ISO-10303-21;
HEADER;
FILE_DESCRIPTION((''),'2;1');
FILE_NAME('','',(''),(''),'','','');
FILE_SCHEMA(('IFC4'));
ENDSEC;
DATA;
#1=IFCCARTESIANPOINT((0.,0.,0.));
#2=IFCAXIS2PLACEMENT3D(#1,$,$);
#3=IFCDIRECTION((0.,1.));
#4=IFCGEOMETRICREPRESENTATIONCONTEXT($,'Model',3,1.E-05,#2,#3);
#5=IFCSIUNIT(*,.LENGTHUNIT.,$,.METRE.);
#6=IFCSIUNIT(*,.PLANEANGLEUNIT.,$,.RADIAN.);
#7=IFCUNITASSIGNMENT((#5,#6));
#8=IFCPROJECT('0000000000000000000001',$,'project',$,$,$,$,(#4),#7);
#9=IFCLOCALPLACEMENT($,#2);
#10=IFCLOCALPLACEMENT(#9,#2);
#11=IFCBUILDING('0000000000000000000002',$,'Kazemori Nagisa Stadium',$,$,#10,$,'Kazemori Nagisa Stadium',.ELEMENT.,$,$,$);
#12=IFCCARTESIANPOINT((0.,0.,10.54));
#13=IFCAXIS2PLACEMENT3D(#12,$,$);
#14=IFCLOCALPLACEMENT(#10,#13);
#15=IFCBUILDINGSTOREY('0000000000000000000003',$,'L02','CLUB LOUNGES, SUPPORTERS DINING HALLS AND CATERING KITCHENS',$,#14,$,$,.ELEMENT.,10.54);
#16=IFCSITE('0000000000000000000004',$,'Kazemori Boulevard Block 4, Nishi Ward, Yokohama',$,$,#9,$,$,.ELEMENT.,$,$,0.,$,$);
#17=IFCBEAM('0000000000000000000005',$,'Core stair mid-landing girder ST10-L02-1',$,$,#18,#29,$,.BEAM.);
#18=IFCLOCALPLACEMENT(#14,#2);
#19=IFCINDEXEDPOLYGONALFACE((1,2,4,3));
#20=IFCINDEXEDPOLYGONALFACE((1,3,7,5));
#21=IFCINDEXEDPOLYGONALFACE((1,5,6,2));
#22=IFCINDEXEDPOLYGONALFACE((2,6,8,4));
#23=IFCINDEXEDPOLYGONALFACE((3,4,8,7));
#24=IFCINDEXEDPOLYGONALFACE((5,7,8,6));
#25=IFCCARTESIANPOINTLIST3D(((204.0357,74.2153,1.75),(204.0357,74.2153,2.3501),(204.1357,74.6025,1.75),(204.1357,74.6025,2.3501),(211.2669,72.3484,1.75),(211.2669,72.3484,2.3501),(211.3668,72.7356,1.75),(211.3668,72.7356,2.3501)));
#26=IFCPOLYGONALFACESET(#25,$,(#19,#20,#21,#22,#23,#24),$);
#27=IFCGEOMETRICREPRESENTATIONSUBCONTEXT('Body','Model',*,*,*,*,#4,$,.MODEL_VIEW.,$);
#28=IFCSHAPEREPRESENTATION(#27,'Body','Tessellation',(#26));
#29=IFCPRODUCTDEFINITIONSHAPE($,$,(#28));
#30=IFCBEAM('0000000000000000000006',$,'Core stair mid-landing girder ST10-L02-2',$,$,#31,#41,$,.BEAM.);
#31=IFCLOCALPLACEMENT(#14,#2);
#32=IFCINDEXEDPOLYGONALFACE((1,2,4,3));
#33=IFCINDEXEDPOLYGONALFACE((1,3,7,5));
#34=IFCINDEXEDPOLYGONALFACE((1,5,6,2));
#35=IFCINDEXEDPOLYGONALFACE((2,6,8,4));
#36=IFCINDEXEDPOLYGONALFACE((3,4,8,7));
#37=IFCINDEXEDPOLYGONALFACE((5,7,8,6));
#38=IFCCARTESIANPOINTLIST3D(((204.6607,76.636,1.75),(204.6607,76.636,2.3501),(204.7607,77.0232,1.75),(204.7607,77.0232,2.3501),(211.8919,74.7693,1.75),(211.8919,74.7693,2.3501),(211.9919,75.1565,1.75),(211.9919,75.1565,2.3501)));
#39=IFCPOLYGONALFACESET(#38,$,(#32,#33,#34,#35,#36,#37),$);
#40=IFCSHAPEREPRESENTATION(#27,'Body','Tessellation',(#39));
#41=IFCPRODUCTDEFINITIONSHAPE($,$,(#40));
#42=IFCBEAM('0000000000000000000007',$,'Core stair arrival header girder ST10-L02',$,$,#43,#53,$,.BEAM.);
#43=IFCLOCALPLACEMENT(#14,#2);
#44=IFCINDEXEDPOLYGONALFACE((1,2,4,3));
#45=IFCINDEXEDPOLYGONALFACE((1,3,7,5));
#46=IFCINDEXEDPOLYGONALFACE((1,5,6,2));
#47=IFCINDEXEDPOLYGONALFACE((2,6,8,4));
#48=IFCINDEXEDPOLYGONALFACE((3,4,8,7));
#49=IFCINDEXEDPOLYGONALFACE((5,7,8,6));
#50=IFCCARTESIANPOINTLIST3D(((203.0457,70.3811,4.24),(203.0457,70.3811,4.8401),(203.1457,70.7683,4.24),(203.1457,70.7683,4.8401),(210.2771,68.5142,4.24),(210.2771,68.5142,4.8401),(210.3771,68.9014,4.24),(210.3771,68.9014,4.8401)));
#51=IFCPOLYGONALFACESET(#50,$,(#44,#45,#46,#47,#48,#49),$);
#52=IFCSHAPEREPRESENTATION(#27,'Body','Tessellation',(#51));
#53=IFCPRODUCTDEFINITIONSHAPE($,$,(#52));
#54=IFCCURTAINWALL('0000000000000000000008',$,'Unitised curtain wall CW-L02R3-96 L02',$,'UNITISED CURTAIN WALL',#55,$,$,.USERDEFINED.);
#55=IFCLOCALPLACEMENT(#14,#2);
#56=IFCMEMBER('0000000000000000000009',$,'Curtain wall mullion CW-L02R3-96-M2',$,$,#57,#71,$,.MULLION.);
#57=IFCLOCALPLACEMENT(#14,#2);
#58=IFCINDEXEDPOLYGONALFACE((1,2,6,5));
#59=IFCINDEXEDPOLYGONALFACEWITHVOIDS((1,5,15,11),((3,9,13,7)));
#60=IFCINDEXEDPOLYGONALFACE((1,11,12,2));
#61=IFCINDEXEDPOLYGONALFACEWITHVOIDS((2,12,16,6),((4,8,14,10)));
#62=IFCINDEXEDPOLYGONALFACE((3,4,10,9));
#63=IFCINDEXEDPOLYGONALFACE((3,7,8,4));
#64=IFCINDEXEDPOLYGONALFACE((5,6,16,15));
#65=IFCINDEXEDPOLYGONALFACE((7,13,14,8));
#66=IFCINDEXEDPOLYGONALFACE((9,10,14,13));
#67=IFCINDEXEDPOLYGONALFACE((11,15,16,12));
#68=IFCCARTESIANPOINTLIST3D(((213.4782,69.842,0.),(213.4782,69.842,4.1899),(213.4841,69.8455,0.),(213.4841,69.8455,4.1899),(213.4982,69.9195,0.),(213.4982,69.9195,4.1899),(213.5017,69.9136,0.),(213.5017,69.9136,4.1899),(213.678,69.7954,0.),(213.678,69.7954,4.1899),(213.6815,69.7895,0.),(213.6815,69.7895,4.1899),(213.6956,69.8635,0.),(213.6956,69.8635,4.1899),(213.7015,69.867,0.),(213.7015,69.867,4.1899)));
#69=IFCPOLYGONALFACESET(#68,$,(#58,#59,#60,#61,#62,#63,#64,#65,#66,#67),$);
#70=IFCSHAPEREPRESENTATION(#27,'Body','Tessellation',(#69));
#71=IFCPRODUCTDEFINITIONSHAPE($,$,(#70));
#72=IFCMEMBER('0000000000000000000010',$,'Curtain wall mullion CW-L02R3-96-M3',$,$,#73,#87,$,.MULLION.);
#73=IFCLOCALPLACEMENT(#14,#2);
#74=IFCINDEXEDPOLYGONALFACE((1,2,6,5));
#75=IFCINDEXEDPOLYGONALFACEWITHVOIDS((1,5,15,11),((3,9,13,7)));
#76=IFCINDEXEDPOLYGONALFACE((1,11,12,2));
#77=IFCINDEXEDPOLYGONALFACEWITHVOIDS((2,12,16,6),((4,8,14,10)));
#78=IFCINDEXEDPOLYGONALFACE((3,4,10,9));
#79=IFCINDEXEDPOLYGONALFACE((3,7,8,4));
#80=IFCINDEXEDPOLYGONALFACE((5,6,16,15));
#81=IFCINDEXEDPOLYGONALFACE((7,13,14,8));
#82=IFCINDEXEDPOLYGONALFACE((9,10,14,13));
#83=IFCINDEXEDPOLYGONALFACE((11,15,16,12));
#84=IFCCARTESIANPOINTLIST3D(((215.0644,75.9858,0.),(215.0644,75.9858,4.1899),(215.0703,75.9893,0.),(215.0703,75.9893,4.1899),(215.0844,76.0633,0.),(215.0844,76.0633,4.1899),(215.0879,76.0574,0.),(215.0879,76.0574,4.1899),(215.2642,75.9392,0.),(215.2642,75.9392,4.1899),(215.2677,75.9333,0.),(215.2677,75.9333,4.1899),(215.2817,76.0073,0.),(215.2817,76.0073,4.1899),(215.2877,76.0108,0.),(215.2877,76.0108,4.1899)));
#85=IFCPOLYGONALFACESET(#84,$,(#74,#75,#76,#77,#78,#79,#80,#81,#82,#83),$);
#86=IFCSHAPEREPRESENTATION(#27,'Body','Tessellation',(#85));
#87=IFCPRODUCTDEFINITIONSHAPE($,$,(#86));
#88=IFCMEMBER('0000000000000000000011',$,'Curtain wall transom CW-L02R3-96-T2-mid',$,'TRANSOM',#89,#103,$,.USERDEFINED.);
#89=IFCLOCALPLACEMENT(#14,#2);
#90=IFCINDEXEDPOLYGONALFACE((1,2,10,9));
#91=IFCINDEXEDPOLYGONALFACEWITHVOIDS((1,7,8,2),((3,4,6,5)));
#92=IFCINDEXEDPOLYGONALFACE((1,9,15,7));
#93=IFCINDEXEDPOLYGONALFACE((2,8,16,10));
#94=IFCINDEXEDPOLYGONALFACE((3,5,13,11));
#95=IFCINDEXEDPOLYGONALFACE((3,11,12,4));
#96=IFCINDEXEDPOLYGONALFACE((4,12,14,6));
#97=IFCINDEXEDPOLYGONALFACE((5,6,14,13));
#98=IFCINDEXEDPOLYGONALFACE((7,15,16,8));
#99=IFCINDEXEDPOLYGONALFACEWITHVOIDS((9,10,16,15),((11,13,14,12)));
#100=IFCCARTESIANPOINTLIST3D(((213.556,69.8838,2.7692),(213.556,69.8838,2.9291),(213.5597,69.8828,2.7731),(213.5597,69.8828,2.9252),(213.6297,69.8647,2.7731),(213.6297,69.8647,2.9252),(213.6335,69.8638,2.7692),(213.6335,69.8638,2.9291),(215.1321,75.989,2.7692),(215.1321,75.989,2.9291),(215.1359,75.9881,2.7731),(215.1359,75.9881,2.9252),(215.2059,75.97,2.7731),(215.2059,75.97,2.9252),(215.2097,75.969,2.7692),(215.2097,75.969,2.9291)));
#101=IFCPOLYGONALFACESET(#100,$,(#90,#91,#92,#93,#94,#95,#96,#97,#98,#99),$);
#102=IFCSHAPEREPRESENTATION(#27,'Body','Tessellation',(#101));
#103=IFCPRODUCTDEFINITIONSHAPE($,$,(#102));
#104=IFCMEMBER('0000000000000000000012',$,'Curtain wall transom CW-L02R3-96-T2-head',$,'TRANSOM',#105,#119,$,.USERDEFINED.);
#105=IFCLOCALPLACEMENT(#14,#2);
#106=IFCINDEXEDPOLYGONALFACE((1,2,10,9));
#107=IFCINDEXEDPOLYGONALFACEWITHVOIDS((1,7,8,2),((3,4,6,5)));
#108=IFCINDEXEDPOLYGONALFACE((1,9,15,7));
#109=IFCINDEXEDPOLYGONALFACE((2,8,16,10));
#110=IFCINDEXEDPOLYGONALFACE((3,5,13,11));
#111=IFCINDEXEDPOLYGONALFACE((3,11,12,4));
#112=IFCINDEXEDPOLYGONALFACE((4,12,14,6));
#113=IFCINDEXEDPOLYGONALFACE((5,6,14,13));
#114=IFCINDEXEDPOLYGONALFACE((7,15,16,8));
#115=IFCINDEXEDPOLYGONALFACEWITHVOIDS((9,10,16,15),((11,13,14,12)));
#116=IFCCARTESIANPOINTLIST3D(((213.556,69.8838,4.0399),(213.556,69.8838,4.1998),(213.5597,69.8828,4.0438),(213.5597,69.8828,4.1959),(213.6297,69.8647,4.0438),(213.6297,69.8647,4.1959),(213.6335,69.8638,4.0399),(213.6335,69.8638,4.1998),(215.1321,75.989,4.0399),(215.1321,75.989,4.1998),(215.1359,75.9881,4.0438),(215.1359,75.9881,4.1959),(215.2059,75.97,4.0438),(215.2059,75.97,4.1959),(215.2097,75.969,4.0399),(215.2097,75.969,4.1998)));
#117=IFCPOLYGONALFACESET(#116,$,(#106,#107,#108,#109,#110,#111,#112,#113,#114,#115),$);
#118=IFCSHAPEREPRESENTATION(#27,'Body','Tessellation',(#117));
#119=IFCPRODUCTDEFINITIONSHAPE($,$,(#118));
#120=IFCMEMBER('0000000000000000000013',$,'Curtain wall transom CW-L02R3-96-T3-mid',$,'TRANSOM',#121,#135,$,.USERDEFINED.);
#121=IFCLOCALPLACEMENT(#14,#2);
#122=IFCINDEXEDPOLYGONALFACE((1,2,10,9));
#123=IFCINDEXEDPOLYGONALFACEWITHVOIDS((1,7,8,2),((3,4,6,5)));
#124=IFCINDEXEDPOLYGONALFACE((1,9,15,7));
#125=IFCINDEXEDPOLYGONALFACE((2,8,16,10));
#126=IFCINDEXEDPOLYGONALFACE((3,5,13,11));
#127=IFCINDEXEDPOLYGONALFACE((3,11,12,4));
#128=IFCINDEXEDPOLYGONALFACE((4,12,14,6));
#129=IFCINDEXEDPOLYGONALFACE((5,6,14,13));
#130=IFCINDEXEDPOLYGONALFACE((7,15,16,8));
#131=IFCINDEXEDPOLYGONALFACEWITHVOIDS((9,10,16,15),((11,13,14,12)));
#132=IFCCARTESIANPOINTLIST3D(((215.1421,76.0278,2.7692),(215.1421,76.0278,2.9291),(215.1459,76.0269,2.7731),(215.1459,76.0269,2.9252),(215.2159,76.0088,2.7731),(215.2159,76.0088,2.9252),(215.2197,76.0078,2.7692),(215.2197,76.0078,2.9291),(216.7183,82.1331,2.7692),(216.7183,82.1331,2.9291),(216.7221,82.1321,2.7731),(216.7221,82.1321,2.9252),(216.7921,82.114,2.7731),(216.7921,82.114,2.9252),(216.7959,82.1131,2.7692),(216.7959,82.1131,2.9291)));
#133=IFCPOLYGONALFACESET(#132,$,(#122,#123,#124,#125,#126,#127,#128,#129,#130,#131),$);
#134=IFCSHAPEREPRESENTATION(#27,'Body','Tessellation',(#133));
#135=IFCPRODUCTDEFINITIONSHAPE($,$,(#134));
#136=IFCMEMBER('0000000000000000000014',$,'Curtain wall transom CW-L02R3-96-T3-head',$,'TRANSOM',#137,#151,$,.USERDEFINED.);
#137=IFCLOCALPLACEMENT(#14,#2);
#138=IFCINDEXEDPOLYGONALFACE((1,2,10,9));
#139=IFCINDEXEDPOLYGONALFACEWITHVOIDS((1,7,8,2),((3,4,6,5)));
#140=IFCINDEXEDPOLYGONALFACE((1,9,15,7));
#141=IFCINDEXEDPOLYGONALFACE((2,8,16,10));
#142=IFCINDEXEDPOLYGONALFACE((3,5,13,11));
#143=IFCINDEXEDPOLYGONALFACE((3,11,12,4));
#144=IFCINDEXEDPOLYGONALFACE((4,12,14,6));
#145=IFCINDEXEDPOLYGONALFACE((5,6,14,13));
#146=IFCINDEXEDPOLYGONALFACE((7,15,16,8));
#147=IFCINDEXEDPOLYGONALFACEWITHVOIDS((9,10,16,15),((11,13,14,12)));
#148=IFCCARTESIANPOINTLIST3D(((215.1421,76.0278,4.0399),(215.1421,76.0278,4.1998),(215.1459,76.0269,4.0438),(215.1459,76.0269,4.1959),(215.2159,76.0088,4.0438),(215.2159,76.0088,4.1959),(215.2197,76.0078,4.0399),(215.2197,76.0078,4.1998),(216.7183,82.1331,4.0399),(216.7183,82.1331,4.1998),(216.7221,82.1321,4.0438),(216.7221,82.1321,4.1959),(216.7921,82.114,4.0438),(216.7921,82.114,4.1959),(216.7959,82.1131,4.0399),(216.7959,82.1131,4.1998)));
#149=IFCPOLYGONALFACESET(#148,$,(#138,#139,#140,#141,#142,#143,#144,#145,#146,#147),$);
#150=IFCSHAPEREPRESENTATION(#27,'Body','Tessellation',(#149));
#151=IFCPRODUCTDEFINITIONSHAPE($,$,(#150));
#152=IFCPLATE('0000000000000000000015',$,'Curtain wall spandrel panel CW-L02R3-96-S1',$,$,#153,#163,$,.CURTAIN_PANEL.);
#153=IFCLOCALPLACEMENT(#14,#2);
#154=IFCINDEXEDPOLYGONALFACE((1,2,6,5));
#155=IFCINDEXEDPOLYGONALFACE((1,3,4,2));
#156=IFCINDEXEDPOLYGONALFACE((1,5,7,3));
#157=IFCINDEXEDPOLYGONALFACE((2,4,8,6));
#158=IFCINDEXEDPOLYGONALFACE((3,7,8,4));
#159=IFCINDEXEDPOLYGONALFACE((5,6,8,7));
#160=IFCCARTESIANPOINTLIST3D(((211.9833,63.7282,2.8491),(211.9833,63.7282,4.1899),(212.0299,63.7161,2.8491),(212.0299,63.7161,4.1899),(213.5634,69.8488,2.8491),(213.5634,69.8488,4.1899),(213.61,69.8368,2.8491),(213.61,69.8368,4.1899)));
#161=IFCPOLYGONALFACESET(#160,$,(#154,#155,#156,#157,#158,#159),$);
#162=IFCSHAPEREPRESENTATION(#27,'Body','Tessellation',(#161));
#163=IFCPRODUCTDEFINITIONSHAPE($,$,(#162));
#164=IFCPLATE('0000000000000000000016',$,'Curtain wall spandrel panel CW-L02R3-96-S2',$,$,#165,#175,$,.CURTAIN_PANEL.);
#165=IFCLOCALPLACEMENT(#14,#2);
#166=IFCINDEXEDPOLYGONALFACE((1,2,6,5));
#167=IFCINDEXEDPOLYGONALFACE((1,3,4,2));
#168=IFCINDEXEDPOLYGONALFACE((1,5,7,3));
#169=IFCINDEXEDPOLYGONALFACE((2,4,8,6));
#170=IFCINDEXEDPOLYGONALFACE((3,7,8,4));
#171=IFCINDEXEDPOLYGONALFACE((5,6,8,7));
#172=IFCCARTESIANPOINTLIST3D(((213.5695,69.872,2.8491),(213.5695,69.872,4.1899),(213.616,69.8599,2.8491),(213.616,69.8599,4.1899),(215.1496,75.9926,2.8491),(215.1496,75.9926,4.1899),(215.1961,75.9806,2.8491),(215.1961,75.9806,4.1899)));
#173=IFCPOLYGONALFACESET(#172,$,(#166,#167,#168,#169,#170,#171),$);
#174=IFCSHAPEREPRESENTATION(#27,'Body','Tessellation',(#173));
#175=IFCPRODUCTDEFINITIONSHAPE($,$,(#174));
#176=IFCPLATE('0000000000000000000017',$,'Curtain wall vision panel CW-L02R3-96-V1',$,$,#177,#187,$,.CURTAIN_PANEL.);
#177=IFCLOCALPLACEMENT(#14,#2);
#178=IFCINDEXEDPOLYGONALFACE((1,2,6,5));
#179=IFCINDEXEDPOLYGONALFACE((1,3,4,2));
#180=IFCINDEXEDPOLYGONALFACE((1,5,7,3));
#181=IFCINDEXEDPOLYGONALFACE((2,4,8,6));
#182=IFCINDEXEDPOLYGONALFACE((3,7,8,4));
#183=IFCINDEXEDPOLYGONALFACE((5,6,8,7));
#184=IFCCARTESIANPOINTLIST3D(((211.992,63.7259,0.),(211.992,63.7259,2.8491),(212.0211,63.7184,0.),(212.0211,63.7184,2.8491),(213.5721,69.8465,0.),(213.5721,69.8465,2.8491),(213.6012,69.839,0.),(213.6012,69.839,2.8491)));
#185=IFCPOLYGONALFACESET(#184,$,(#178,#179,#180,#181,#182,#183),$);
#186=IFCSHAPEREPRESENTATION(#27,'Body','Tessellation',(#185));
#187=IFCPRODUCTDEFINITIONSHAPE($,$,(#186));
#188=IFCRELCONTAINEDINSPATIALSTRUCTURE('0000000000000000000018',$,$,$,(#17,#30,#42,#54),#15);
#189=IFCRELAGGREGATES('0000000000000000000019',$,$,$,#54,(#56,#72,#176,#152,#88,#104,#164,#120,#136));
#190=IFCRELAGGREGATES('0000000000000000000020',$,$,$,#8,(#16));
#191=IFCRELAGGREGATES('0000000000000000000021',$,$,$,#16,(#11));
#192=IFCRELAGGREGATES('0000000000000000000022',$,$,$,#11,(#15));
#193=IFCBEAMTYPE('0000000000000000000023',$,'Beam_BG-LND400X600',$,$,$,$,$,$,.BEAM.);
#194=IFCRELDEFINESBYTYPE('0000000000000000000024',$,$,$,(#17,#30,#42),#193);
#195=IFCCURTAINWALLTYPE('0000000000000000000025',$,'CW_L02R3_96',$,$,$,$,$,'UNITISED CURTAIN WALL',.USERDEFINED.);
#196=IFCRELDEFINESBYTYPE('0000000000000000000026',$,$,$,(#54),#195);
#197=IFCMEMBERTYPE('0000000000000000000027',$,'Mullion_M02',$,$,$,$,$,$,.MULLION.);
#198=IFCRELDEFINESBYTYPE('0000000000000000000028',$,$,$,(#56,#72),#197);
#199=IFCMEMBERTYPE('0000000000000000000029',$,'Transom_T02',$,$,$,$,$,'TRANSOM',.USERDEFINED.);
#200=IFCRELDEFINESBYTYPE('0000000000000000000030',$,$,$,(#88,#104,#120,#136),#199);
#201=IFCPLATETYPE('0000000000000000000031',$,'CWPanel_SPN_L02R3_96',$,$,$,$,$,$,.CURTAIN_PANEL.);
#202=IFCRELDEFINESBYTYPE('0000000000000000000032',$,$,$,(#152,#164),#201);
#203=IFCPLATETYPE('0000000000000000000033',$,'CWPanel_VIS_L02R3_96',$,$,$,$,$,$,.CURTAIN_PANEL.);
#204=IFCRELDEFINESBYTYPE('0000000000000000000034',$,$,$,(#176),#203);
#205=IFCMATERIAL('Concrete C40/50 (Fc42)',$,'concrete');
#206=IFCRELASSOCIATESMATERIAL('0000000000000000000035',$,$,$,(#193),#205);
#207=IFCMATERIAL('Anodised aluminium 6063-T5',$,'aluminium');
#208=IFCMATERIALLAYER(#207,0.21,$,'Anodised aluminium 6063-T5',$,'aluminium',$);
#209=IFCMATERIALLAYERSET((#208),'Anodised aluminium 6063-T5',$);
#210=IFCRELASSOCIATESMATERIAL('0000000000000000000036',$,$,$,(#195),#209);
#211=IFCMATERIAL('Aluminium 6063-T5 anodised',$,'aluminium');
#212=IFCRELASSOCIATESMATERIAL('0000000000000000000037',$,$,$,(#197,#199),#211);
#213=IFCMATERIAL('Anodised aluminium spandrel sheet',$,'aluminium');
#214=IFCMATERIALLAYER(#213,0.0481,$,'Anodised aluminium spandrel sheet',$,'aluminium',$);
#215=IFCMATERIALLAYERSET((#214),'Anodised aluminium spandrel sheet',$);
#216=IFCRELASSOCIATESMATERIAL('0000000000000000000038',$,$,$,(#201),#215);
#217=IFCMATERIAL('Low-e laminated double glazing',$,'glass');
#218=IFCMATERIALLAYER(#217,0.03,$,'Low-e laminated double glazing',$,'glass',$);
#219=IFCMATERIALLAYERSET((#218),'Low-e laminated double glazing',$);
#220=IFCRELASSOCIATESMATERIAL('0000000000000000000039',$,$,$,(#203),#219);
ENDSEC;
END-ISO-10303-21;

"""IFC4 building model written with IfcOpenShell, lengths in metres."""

from ifc_helpers import new_model, si_unit, direction, frame, origin, origin_2d, place, context, subcontext, project, spatial, rectangle, hollow_rectangle, extrude, material, layer, layer_set, material_profile, profile_set, type_object, element, aggregate, save


model = new_model("IFC4")

# Units and contexts
model_context = context("Model", 3, precision=1e-05, world=origin(), true_north=direction((0.0, 1.0)))
body_context = subcontext(model_context, "Body", "Model", "MODEL_VIEW")
ifc_project = project(units=[si_unit("LENGTHUNIT", "METRE"), si_unit("PLANEANGLEUNIT", "RADIAN")], contexts=[model_context])

# Site, building, storey
site_placement = place(None, origin())
site = spatial("IfcSite", under=ifc_project, at=site_placement, Name="Kazemori Boulevard Block 4, Nishi Ward, Yokohama", CompositionType="ELEMENT", RefElevation=0.0)
building_placement = place(site_placement, origin())
building = spatial("IfcBuilding", under=site, at=building_placement, Name="Kazemori Nagisa Stadium", LongName="Kazemori Nagisa Stadium", CompositionType="ELEMENT")
storey_placement = place(building_placement, frame((0.0, 0.0, 10.54)))
storey = spatial("IfcBuildingStorey", under=building, at=storey_placement, Name="L02", Description="CLUB LOUNGES, SUPPORTERS DINING HALLS AND CATERING KITCHENS", CompositionType="ELEMENT", Elevation=10.54)

# Beams
ifc_material_1 = material(Name="Concrete C40/50 (Fc42)", Category="concrete")
ifc_material_profile_1 = material_profile(ifc_material_1, rectangle(XDim=0.3999, YDim=0.6001, at=origin_2d()), Name="RC-BM-400x600")
ifc_profile_set_1 = profile_set([ifc_material_profile_1], Name="Concrete C40/50 (Fc42)")
beam_type = type_object("IfcBeamType", Name="Beam_BG-LND400X600", PredefinedType="BEAM", material=ifc_profile_set_1)
for number, where, z_axis, x_axis, name in (
    (1, (204.0857, 74.4089, 2.05), (0.968251, -0.249982, 0.0), (0.249982, 0.968251, 0.0), "Core stair mid-landing girder ST10-L02-1"),
    (2, (204.7107, 76.8296, 2.05), (0.968258, -0.249951, 0.0), (0.249951, 0.968258, 0.0), "Core stair mid-landing girder ST10-L02-2"),
):
    element("IfcBeam", number, at=place(storey_placement, frame(where, z_axis=z_axis, x_axis=x_axis)), inside=storey, type_object=beam_type, Name=name, PredefinedType="BEAM", context=body_context, shape_type="SweptSolid", body=[
        extrude(rectangle(XDim=0.3999, YDim=0.6001, at=origin_2d()), origin(), (0.0, 0.0, 1.0), 7.4683),
    ])
beam_placement = place(storey_placement, frame((203.0957, 70.5747, 4.54), z_axis=(0.968253, -0.249974, 0.0), x_axis=(0.249974, 0.968253, 0.0)))
element("IfcBeam", 3, at=beam_placement, inside=storey, type_object=beam_type, Name="Core stair arrival header girder ST10-L02", PredefinedType="BEAM", context=body_context, shape_type="SweptSolid", body=[
    extrude(rectangle(XDim=0.3999, YDim=0.6001, at=origin_2d()), origin(), (0.0, 0.0, 1.0), 7.4685),
])

# Curtain wall, members, plates
ifc_material_2 = material(Name="Anodised aluminium 6063-T5", Category="aluminium")
ifc_layer_1 = layer(ifc_material_2, 0.21, Name="Anodised aluminium 6063-T5", Category="aluminium")
ifc_layer_set_1 = layer_set([ifc_layer_1], Name="Anodised aluminium 6063-T5")
curtain_wall_type = type_object("IfcCurtainWallType", Name="CW_L02R3_96", ElementType="UNITISED CURTAIN WALL", PredefinedType="USERDEFINED", material=ifc_layer_set_1)
curtain_wall_placement = place(storey_placement, origin())
curtain_wall = element("IfcCurtainWall", 4, at=curtain_wall_placement, inside=storey, type_object=curtain_wall_type, Name="Unitised curtain wall CW-L02R3-96 L02", ObjectType="UNITISED CURTAIN WALL", PredefinedType="USERDEFINED")
ifc_material_3 = material(Name="Aluminium 6063-T5 anodised", Category="aluminium")
ifc_material_profile_2 = material_profile(ifc_material_3, hollow_rectangle(XDim=0.0801, YDim=0.21, WallThickness=0.0049, at=origin_2d()), Name="ALU-MULL-80x210x5")
ifc_profile_set_2 = profile_set([ifc_material_profile_2], Name="Aluminium 6063-T5 anodised")
member_type_1 = type_object("IfcMemberType", Name="Mullion_M02", PredefinedType="MULLION", material=ifc_profile_set_2)
member_1_placement = place(storey_placement, frame((213.5898, 69.8545, 0.0), z_axis=(0.0, 0.0, 1.0), x_axis=(0.249965, 0.968255, 0.0)))
member_1 = element("IfcMember", 5, at=member_1_placement, type_object=member_type_1, Name="Curtain wall mullion CW-L02R3-96-M2", PredefinedType="MULLION", context=body_context, shape_type="SweptSolid", body=[
    extrude(hollow_rectangle(XDim=0.0801, YDim=0.21, WallThickness=0.0049, at=origin_2d()), origin(), (0.0, 0.0, 1.0), 4.1899),
])
member_2_placement = place(storey_placement, frame((215.176, 75.9983, 0.0), z_axis=(0.0, 0.0, 1.0), x_axis=(0.249965, 0.968255, 0.0)))
member_2 = element("IfcMember", 6, at=member_2_placement, type_object=member_type_1, Name="Curtain wall mullion CW-L02R3-96-M3", PredefinedType="MULLION", context=body_context, shape_type="SweptSolid", body=[
    extrude(hollow_rectangle(XDim=0.0801, YDim=0.21, WallThickness=0.0049, at=origin_2d()), origin(), (0.0, 0.0, 1.0), 4.1899),
])
ifc_material_profile_3 = material_profile(ifc_material_3, hollow_rectangle(XDim=0.0801, YDim=0.1599, WallThickness=0.0039, at=origin_2d()), Name="ALU-TRAN-80x160x4")
ifc_profile_set_3 = profile_set([ifc_material_profile_3], Name="Aluminium 6063-T5 anodised")
member_type_2 = type_object("IfcMemberType", Name="Transom_T02", ElementType="TRANSOM", PredefinedType="USERDEFINED", material=ifc_profile_set_3)
member_3_placement = place(storey_placement, frame((213.5947, 69.8738, 2.8491), z_axis=(0.249972, 0.968253, 0.0), x_axis=(-0.968253, 0.249972, 0.0)))
member_3 = element("IfcMember", 7, at=member_3_placement, type_object=member_type_2, Name="Curtain wall transom CW-L02R3-96-T2-mid", ObjectType="TRANSOM", PredefinedType="USERDEFINED", context=body_context, shape_type="SweptSolid", body=[
    extrude(hollow_rectangle(XDim=0.0801, YDim=0.1599, WallThickness=0.0039, at=origin_2d()), origin(), (0.0, 0.0, 1.0), 6.3054),
])
member_4_placement = place(storey_placement, frame((213.5947, 69.8738, 4.1199), z_axis=(0.249972, 0.968253, 0.0), x_axis=(-0.968253, 0.249972, 0.0)))
member_4 = element("IfcMember", 8, at=member_4_placement, type_object=member_type_2, Name="Curtain wall transom CW-L02R3-96-T2-head", ObjectType="TRANSOM", PredefinedType="USERDEFINED", context=body_context, shape_type="SweptSolid", body=[
    extrude(hollow_rectangle(XDim=0.0801, YDim=0.1599, WallThickness=0.0039, at=origin_2d()), origin(), (0.0, 0.0, 1.0), 6.3054),
])
member_5_placement = place(storey_placement, frame((215.1809, 76.0178, 2.8491), z_axis=(0.249972, 0.968253, 0.0), x_axis=(-0.968253, 0.249972, 0.0)))
member_5 = element("IfcMember", 9, at=member_5_placement, type_object=member_type_2, Name="Curtain wall transom CW-L02R3-96-T3-mid", ObjectType="TRANSOM", PredefinedType="USERDEFINED", context=body_context, shape_type="SweptSolid", body=[
    extrude(hollow_rectangle(XDim=0.0801, YDim=0.1599, WallThickness=0.0039, at=origin_2d()), origin(), (0.0, 0.0, 1.0), 6.3054),
])
member_6_placement = place(storey_placement, frame((215.1809, 76.0178, 4.1199), z_axis=(0.249972, 0.968253, 0.0), x_axis=(-0.968253, 0.249972, 0.0)))
member_6 = element("IfcMember", 10, at=member_6_placement, type_object=member_type_2, Name="Curtain wall transom CW-L02R3-96-T3-head", ObjectType="TRANSOM", PredefinedType="USERDEFINED", context=body_context, shape_type="SweptSolid", body=[
    extrude(hollow_rectangle(XDim=0.0801, YDim=0.1599, WallThickness=0.0039, at=origin_2d()), origin(), (0.0, 0.0, 1.0), 6.3054),
])
ifc_material_4 = material(Name="Anodised aluminium spandrel sheet", Category="aluminium")
ifc_layer_2 = layer(ifc_material_4, 0.0481, Name="Anodised aluminium spandrel sheet", Category="aluminium")
ifc_layer_set_2 = layer_set([ifc_layer_2], Name="Anodised aluminium spandrel sheet")
plate_type_1 = type_object("IfcPlateType", Name="CWPanel_SPN_L02R3_96", PredefinedType="CURTAIN_PANEL", material=ifc_layer_set_2)
plate_1_placement = place(storey_placement, frame((212.7966, 66.7825, 2.8491), z_axis=(0.0, 0.0, 1.0), x_axis=(0.249965, 0.968255, 0.0)))
plate_1 = element("IfcPlate", 11, at=plate_1_placement, type_object=plate_type_1, Name="Curtain wall spandrel panel CW-L02R3-96-S1", PredefinedType="CURTAIN_PANEL", context=body_context, shape_type="SweptSolid", body=[
    extrude(rectangle(XDim=6.3213, YDim=0.0481, at=origin_2d()), origin(), (0.0, 0.0, 1.0), 1.3408),
])
plate_2_placement = place(storey_placement, frame((214.3828, 72.9263, 2.8491), z_axis=(0.0, 0.0, 1.0), x_axis=(0.249965, 0.968255, 0.0)))
plate_2 = element("IfcPlate", 12, at=plate_2_placement, type_object=plate_type_1, Name="Curtain wall spandrel panel CW-L02R3-96-S2", PredefinedType="CURTAIN_PANEL", context=body_context, shape_type="SweptSolid", body=[
    extrude(rectangle(XDim=6.3213, YDim=0.0481, at=origin_2d()), origin(), (0.0, 0.0, 1.0), 1.3408),
])
ifc_material_5 = material(Name="Low-e laminated double glazing", Category="glass")
ifc_layer_3 = layer(ifc_material_5, 0.03, Name="Low-e laminated double glazing", Category="glass")
ifc_layer_set_3 = layer_set([ifc_layer_3], Name="Low-e laminated double glazing")
plate_type_2 = type_object("IfcPlateType", Name="CWPanel_VIS_L02R3_96", PredefinedType="CURTAIN_PANEL", material=ifc_layer_set_3)
plate_3_placement = place(storey_placement, frame((212.7966, 66.7825, 0.0), z_axis=(0.0, 0.0, 1.0), x_axis=(0.249965, 0.968255, 0.0)))
plate_3 = element("IfcPlate", 13, at=plate_3_placement, type_object=plate_type_2, Name="Curtain wall vision panel CW-L02R3-96-V1", PredefinedType="CURTAIN_PANEL", context=body_context, shape_type="SweptSolid", body=[
    extrude(rectangle(XDim=6.3213, YDim=0.03, at=origin_2d()), origin(), (0.0, 0.0, 1.0), 2.8491),
])
aggregate(curtain_wall, [member_1, member_2, plate_3, plate_1, member_3, member_4, plate_2, member_5, member_6])

save(model, "model.ifc")
